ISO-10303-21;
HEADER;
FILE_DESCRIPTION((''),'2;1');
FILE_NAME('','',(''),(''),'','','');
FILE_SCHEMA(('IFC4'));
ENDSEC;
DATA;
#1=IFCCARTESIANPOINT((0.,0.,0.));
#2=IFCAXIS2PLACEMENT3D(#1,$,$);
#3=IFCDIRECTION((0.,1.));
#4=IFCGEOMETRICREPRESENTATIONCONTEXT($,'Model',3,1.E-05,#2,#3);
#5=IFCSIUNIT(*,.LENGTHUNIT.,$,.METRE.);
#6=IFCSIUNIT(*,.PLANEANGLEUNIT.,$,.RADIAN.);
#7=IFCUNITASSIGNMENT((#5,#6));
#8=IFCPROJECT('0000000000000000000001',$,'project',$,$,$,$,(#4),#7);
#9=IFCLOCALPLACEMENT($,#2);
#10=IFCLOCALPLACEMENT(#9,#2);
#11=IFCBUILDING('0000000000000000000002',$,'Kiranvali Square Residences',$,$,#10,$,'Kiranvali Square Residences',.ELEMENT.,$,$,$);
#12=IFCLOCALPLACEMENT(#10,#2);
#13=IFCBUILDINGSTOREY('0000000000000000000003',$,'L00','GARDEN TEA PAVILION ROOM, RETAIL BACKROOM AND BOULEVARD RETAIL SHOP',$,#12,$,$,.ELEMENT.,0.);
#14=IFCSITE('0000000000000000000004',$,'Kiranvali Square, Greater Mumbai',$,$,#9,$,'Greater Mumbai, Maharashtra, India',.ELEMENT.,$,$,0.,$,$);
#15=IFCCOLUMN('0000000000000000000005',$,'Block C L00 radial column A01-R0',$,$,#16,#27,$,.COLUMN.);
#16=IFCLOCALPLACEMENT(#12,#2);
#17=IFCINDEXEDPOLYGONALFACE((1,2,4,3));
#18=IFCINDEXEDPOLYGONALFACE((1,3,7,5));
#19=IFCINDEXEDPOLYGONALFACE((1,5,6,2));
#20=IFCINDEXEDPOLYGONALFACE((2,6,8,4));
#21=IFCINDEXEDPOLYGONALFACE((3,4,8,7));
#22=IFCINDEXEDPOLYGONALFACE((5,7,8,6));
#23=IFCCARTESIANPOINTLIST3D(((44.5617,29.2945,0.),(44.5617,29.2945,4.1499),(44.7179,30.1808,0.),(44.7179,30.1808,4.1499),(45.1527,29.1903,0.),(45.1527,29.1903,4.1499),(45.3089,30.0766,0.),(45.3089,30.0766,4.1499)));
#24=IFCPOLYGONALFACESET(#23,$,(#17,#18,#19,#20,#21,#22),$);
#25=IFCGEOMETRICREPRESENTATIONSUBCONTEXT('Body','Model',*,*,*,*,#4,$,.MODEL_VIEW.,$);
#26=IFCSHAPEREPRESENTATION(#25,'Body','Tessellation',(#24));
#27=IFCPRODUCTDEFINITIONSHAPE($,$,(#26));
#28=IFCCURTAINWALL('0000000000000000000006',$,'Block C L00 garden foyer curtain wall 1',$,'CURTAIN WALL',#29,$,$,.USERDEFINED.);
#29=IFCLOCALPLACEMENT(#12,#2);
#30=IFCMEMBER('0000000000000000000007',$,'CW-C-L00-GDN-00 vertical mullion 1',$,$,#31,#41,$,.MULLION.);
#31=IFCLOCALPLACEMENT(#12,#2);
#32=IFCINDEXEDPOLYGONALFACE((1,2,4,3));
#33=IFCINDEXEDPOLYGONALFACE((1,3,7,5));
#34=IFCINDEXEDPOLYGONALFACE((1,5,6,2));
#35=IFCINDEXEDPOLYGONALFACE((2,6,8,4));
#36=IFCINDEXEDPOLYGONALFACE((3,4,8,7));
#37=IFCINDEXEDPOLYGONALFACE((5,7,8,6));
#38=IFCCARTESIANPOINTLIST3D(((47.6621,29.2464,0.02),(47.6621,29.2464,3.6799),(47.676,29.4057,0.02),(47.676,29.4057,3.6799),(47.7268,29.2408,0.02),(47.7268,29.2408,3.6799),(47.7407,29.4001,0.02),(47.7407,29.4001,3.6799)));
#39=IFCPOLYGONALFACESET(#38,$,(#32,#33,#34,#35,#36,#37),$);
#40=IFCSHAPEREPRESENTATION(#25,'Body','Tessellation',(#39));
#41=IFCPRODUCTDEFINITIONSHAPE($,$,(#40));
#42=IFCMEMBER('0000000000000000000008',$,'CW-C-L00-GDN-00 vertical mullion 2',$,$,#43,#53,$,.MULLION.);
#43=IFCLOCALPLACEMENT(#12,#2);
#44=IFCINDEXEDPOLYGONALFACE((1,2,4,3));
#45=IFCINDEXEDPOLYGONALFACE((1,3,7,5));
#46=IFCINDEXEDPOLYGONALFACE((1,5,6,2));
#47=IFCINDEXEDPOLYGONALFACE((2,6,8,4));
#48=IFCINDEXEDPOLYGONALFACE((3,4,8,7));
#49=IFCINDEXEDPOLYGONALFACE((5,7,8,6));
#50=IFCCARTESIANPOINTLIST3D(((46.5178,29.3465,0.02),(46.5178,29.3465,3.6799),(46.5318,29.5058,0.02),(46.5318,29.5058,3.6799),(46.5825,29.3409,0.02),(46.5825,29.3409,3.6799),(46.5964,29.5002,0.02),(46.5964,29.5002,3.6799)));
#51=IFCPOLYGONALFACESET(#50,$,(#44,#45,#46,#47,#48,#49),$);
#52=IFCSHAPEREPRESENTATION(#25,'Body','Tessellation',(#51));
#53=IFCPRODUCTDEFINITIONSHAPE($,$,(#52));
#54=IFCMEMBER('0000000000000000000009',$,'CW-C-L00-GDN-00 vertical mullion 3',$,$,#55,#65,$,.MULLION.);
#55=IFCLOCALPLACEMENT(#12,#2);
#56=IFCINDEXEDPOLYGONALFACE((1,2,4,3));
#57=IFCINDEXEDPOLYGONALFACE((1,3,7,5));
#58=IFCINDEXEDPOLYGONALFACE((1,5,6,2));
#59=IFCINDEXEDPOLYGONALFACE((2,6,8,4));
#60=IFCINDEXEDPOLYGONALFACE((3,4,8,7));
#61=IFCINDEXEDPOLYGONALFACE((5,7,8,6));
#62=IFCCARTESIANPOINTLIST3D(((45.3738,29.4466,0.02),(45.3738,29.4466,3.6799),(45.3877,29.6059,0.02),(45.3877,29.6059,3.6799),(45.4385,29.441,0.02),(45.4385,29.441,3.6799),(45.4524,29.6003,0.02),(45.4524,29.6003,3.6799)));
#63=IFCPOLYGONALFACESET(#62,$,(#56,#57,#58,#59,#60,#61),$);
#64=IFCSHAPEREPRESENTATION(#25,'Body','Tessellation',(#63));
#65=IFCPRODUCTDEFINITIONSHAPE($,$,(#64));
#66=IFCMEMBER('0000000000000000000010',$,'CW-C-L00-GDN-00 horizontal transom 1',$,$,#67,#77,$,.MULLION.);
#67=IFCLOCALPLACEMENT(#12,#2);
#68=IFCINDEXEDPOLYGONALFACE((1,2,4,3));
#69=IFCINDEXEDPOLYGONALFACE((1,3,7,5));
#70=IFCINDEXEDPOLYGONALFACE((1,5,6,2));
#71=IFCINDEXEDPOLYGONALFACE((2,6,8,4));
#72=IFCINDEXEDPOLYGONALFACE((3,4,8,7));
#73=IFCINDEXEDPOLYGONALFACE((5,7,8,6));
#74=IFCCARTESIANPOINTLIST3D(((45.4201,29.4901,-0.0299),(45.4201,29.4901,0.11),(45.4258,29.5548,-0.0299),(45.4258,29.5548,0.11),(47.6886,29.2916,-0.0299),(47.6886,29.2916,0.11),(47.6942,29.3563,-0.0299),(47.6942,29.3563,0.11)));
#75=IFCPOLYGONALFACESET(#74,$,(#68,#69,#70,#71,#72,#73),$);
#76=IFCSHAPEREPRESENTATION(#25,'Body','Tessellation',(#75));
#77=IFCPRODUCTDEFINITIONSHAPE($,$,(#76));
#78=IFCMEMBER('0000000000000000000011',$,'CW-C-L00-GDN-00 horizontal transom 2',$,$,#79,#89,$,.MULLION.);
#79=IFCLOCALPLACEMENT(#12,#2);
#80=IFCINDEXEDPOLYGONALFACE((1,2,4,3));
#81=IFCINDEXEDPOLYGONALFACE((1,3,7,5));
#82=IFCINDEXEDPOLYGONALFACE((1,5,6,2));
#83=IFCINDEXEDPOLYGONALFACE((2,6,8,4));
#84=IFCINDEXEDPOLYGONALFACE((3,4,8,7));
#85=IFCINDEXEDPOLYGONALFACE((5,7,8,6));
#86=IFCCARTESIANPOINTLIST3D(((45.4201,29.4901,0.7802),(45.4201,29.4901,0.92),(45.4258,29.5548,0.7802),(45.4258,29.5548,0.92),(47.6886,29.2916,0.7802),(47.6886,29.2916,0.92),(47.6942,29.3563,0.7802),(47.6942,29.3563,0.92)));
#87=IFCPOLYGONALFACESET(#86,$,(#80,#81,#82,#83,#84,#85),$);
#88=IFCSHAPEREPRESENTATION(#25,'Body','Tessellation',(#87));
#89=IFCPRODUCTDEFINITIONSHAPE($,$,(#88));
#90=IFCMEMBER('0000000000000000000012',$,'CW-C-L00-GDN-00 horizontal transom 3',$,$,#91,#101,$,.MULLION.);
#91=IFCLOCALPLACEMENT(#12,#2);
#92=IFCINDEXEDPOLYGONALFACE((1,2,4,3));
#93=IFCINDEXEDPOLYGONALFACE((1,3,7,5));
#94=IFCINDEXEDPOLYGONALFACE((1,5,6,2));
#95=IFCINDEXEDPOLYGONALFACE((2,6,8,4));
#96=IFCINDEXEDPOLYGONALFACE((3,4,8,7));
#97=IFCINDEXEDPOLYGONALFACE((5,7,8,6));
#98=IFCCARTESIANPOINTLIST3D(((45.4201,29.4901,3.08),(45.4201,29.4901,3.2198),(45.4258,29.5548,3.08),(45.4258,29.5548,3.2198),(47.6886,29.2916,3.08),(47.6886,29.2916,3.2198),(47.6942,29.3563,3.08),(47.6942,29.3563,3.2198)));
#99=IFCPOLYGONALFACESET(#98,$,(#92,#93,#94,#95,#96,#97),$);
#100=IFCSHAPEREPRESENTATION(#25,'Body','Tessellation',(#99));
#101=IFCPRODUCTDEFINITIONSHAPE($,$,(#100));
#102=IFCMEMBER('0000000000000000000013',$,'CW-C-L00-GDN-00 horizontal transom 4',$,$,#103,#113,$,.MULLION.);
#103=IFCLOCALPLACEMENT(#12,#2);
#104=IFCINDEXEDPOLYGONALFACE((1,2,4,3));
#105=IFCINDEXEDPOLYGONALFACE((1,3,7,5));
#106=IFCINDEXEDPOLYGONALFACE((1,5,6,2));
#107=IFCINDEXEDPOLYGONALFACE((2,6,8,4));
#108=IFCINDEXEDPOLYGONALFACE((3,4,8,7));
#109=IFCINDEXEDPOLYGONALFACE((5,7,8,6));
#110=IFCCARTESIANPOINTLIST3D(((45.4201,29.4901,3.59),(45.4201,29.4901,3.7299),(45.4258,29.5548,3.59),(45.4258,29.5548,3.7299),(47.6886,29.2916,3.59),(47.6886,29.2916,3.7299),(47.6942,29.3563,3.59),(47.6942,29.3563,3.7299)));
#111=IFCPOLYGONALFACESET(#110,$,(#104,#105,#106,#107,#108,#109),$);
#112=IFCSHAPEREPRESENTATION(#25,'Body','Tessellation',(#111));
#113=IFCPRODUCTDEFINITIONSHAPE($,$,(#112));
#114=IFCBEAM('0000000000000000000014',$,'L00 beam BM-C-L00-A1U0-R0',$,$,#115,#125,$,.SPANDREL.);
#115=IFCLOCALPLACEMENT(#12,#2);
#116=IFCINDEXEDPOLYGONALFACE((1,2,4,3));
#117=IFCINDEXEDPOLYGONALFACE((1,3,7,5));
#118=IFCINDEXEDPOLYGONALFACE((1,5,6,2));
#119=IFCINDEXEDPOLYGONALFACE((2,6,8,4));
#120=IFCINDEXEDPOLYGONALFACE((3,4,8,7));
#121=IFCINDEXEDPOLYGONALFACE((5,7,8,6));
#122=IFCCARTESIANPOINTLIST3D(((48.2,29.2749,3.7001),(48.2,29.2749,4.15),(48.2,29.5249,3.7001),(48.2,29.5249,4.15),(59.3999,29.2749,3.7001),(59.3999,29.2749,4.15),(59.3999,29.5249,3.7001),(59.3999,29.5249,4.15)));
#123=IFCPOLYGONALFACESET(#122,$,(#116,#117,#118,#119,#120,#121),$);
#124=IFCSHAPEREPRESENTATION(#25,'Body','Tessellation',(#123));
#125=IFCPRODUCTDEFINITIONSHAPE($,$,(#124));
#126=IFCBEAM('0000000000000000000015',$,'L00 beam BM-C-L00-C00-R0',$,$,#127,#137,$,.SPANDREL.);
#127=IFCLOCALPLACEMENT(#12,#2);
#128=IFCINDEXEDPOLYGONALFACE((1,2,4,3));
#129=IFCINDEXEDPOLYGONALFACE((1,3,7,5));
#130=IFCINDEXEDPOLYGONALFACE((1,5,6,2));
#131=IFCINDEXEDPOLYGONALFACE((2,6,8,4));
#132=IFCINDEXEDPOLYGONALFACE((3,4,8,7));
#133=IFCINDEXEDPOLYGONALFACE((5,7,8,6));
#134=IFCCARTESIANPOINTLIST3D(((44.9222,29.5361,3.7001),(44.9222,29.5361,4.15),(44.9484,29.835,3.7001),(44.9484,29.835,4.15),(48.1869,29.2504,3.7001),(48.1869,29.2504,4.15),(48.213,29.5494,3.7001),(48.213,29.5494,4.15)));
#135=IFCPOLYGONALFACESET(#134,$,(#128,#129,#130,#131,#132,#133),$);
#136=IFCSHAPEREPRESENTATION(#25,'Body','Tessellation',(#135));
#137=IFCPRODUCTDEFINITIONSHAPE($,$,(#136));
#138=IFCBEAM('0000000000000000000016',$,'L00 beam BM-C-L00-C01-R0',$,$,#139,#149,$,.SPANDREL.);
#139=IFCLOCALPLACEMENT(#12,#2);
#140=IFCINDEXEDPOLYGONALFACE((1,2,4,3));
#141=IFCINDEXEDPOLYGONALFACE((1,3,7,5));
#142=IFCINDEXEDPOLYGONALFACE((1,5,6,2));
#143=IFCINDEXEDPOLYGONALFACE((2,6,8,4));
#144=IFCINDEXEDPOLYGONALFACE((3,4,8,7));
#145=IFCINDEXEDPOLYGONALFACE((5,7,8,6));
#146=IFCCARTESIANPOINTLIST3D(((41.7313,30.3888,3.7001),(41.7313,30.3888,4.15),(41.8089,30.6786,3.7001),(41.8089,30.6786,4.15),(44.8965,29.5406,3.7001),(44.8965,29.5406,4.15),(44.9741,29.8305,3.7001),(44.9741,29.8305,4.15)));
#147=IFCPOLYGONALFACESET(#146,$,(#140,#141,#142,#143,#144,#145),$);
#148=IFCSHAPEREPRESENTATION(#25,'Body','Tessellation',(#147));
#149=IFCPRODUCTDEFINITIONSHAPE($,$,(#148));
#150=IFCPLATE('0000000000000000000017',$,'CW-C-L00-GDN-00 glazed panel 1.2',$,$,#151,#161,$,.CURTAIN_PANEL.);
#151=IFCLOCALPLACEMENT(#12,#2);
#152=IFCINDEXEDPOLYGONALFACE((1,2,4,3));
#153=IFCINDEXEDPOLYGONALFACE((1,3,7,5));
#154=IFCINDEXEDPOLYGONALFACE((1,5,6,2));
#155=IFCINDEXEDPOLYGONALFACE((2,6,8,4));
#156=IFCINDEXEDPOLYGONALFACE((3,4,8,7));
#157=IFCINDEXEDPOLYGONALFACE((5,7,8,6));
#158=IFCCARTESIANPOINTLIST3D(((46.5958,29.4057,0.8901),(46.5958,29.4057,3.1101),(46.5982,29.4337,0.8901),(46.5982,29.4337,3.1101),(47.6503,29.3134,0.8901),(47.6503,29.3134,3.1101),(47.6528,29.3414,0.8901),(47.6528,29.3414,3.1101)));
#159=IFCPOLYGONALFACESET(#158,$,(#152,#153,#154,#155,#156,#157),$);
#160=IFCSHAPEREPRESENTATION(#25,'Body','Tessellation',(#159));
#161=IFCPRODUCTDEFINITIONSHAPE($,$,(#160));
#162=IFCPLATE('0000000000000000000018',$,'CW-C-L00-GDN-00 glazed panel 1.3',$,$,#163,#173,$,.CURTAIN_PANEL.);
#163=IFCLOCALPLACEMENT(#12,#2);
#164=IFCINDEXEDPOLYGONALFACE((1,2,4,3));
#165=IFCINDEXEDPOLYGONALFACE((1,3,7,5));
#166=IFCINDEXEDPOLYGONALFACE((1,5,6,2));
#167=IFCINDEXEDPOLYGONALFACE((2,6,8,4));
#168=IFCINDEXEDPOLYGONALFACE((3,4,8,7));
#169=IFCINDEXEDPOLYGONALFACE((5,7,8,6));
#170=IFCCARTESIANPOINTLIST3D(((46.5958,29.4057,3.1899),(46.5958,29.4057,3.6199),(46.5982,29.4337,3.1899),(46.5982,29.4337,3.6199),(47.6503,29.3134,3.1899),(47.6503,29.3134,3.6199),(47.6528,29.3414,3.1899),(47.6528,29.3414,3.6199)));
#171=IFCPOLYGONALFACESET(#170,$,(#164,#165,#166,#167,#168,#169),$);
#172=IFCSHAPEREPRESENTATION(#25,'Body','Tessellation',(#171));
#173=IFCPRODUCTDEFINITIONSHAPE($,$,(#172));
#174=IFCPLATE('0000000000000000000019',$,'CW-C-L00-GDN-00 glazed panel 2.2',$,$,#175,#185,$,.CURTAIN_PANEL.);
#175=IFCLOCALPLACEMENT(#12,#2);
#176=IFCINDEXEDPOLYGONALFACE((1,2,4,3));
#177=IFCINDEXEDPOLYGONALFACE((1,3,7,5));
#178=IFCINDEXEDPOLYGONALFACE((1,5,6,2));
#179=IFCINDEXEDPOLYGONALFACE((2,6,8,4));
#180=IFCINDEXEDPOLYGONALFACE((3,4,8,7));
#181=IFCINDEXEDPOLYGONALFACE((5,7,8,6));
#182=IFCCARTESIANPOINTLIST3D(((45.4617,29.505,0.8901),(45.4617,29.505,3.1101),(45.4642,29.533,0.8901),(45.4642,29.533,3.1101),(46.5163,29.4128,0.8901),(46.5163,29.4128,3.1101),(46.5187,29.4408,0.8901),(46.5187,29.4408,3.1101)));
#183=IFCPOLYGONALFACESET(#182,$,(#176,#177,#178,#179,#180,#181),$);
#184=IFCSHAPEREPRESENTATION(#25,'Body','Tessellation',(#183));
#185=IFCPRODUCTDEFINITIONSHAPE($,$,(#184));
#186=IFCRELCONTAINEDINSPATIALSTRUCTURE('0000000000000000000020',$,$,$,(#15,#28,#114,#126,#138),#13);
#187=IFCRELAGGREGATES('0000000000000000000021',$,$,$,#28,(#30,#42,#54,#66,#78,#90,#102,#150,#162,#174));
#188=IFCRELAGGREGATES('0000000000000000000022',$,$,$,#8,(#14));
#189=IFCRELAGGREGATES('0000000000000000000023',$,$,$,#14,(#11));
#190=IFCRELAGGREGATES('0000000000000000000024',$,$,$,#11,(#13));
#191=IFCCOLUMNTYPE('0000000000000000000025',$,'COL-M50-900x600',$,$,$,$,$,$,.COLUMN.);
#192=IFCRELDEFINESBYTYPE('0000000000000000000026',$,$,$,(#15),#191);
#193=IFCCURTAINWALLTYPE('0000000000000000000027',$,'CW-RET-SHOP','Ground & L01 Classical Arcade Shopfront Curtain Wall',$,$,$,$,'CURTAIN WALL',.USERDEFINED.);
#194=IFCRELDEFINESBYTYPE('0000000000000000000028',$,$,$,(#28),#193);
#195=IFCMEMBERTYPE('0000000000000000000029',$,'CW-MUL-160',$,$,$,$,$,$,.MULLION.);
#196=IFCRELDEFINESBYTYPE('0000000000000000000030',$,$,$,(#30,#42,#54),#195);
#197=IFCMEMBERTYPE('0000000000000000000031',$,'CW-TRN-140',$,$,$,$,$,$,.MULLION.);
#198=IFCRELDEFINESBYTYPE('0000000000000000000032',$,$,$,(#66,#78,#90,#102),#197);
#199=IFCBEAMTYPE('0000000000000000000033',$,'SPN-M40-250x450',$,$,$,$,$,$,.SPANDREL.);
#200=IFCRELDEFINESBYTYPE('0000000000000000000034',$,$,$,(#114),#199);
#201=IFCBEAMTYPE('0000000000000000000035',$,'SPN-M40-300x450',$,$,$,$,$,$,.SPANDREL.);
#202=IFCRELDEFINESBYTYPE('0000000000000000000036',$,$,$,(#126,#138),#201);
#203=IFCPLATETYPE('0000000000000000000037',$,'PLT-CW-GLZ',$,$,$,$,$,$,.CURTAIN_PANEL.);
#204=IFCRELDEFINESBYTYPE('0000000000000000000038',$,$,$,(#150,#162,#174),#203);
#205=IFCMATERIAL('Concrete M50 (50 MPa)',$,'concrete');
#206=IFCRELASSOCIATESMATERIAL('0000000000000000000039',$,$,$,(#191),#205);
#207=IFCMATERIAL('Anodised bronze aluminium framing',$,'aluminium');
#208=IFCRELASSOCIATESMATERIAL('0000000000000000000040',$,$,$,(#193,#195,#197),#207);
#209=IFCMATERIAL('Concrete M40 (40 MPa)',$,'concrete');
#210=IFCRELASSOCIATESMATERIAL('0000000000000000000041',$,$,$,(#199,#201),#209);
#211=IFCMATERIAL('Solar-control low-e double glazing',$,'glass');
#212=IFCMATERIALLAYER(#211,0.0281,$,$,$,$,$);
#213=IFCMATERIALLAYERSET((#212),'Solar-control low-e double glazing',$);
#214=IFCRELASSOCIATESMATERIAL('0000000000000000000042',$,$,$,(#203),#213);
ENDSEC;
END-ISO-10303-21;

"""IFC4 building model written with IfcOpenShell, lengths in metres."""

from ifc_helpers import new_model, si_unit, direction, frame, origin, origin_2d, place, context, subcontext, project, spatial, rectangle, extrude, material, layer, layer_set, material_profile, profile_set, type_object, element, aggregate, save


model = new_model("IFC4")

# Units and contexts
model_context = context("Model", 3, precision=1e-05, world=origin(), true_north=direction((0.0, 1.0)))
body_context = subcontext(model_context, "Body", "Model", "MODEL_VIEW")
ifc_project = project(units=[si_unit("LENGTHUNIT", "METRE"), si_unit("PLANEANGLEUNIT", "RADIAN")], contexts=[model_context])

# Site, building, storey
site_placement = place(None, origin())
site = spatial("IfcSite", under=ifc_project, at=site_placement, Name="Kiranvali Square, Greater Mumbai", LongName="Greater Mumbai, Maharashtra, India", CompositionType="ELEMENT", RefElevation=0.0)
building_placement = place(site_placement, origin())
building = spatial("IfcBuilding", under=site, at=building_placement, Name="Kiranvali Square Residences", LongName="Kiranvali Square Residences", CompositionType="ELEMENT")
storey_placement = place(building_placement, origin())
storey = spatial("IfcBuildingStorey", under=building, at=storey_placement, Name="L00", Description="GARDEN TEA PAVILION ROOM, RETAIL BACKROOM AND BOULEVARD RETAIL SHOP", CompositionType="ELEMENT", Elevation=0.0)

# Column
ifc_material_1 = material(Name="Concrete M50 (50 MPa)", Category="concrete")
ifc_material_profile_1 = material_profile(ifc_material_1, rectangle(XDim=0.6001, YDim=0.8999, at=origin_2d()), Name="RC 900x600")
ifc_profile_set_1 = profile_set([ifc_material_profile_1], Name="Concrete M50 (50 MPa)")
column_type = type_object("IfcColumnType", Name="COL-M50-900x600", PredefinedType="COLUMN", material=ifc_profile_set_1)
column_placement = place(storey_placement, frame((44.9353, 29.6855, 0.0), z_axis=(0.0, 0.0, 1.0), x_axis=(-0.984808, 0.173648, 0.0)))
element("IfcColumn", 1, at=column_placement, inside=storey, type_object=column_type, Name="Block C L00 radial column A01-R0", PredefinedType="COLUMN", context=body_context, shape_type="SweptSolid", body=[
    extrude(rectangle(XDim=0.6001, YDim=0.8999, at=origin_2d()), origin(), (0.0, 0.0, 1.0), 4.1499),
])

# Curtain wall, members
ifc_material_2 = material(Name="Anodised bronze aluminium framing", Category="aluminium")
curtain_wall_type = type_object("IfcCurtainWallType", Name="CW-RET-SHOP", Description="Ground & L01 Classical Arcade Shopfront Curtain Wall", ElementType="CURTAIN WALL", PredefinedType="USERDEFINED", material=ifc_material_2)
curtain_wall_placement = place(storey_placement, origin())
curtain_wall = element("IfcCurtainWall", 2, at=curtain_wall_placement, inside=storey, type_object=curtain_wall_type, Name="Block C L00 garden foyer curtain wall 1", ObjectType="CURTAIN WALL", PredefinedType="USERDEFINED")
ifc_material_profile_2 = material_profile(ifc_material_2, rectangle(XDim=0.0649, YDim=0.1599, at=origin_2d()), Name="ALU 65x160")
ifc_profile_set_2 = profile_set([ifc_material_profile_2], Name="Anodised bronze aluminium framing")
member_type_1 = type_object("IfcMemberType", Name="CW-MUL-160", PredefinedType="MULLION", material=ifc_profile_set_2)
member_1_placement = place(storey_placement, frame((47.7014, 29.3232, 0.02), z_axis=(0.0, 0.0, 1.0), x_axis=(-0.996195, 0.087156, 0.0)))
member_1 = element("IfcMember", 3, at=member_1_placement, type_object=member_type_1, Name="CW-C-L00-GDN-00 vertical mullion 1", PredefinedType="MULLION", context=body_context, shape_type="SweptSolid", body=[
    extrude(rectangle(XDim=0.0649, YDim=0.1599, at=origin_2d()), origin(), (0.0, 0.0, 1.0), 3.6599),
])
member_2_placement = place(storey_placement, frame((46.5571, 29.4233, 0.02), z_axis=(0.0, 0.0, 1.0), x_axis=(-0.996195, 0.087156, 0.0)))
member_2 = element("IfcMember", 4, at=member_2_placement, type_object=member_type_1, Name="CW-C-L00-GDN-00 vertical mullion 2", PredefinedType="MULLION", context=body_context, shape_type="SweptSolid", body=[
    extrude(rectangle(XDim=0.0649, YDim=0.1599, at=origin_2d()), origin(), (0.0, 0.0, 1.0), 3.6599),
])
member_3_placement = place(storey_placement, frame((45.4131, 29.5234, 0.02), z_axis=(0.0, 0.0, 1.0), x_axis=(-0.996195, 0.087156, 0.0)))
member_3 = element("IfcMember", 5, at=member_3_placement, type_object=member_type_1, Name="CW-C-L00-GDN-00 vertical mullion 3", PredefinedType="MULLION", context=body_context, shape_type="SweptSolid", body=[
    extrude(rectangle(XDim=0.0649, YDim=0.1599, at=origin_2d()), origin(), (0.0, 0.0, 1.0), 3.6599),
])
ifc_material_profile_3 = material_profile(ifc_material_2, rectangle(XDim=0.0649, YDim=0.1399, at=origin_2d()), Name="ALU 65x140")
ifc_profile_set_3 = profile_set([ifc_material_profile_3], Name="Anodised bronze aluminium framing")
member_type_2 = type_object("IfcMemberType", Name="CW-TRN-140", PredefinedType="MULLION", material=ifc_profile_set_3)
member_4_placement = place(storey_placement, frame((47.6914, 29.324, 0.04), z_axis=(-0.996193, 0.087171, 0.0), x_axis=(-0.087171, -0.996193, 0.0)))
member_4 = element("IfcMember", 6, at=member_4_placement, type_object=member_type_2, Name="CW-C-L00-GDN-00 horizontal transom 1", PredefinedType="MULLION", context=body_context, shape_type="SweptSolid", body=[
    extrude(rectangle(XDim=0.0649, YDim=0.1399, at=origin_2d()), origin(), (0.0, 0.0, 1.0), 2.2771),
])
member_5_placement = place(storey_placement, frame((47.6914, 29.324, 0.8501), z_axis=(-0.996193, 0.087171, 0.0), x_axis=(-0.087171, -0.996193, 0.0)))
member_5 = element("IfcMember", 7, at=member_5_placement, type_object=member_type_2, Name="CW-C-L00-GDN-00 horizontal transom 2", PredefinedType="MULLION", context=body_context, shape_type="SweptSolid", body=[
    extrude(rectangle(XDim=0.0649, YDim=0.1399, at=origin_2d()), origin(), (0.0, 0.0, 1.0), 2.2771),
])
member_6_placement = place(storey_placement, frame((47.6914, 29.324, 3.1499), z_axis=(-0.996193, 0.087171, 0.0), x_axis=(-0.087171, -0.996193, 0.0)))
member_6 = element("IfcMember", 8, at=member_6_placement, type_object=member_type_2, Name="CW-C-L00-GDN-00 horizontal transom 3", PredefinedType="MULLION", context=body_context, shape_type="SweptSolid", body=[
    extrude(rectangle(XDim=0.0649, YDim=0.1399, at=origin_2d()), origin(), (0.0, 0.0, 1.0), 2.2771),
])
member_7_placement = place(storey_placement, frame((47.6914, 29.324, 3.6599), z_axis=(-0.996193, 0.087171, 0.0), x_axis=(-0.087171, -0.996193, 0.0)))
member_7 = element("IfcMember", 9, at=member_7_placement, type_object=member_type_2, Name="CW-C-L00-GDN-00 horizontal transom 4", PredefinedType="MULLION", context=body_context, shape_type="SweptSolid", body=[
    extrude(rectangle(XDim=0.0649, YDim=0.1399, at=origin_2d()), origin(), (0.0, 0.0, 1.0), 2.2771),
])

# Beams
ifc_material_3 = material(Name="Concrete M40 (40 MPa)", Category="concrete")
ifc_material_profile_4 = material_profile(ifc_material_3, rectangle(XDim=0.25, YDim=0.45, at=origin_2d()), Name="RC 250x450")
ifc_profile_set_4 = profile_set([ifc_material_profile_4], Name="Concrete M40 (40 MPa)")
beam_type_1 = type_object("IfcBeamType", Name="SPN-M40-250x450", PredefinedType="SPANDREL", material=ifc_profile_set_4)
beam_1_placement = place(storey_placement, frame((48.2, 29.3999, 3.925), z_axis=(1.0, 0.0, 0.0), x_axis=(0.0, 1.0, 0.0)))
element("IfcBeam", 10, at=beam_1_placement, inside=storey, type_object=beam_type_1, Name="L00 beam BM-C-L00-A1U0-R0", PredefinedType="SPANDREL", context=body_context, shape_type="SweptSolid", body=[
    extrude(rectangle(XDim=0.25, YDim=0.45, at=origin_2d()), origin(), (0.0, 0.0, 1.0), 11.2),
])
ifc_material_profile_5 = material_profile(ifc_material_3, rectangle(XDim=0.3, YDim=0.45, at=origin_2d()), Name="RC 300x450")
ifc_profile_set_5 = profile_set([ifc_material_profile_5], Name="Concrete M40 (40 MPa)")
beam_type_2 = type_object("IfcBeamType", Name="SPN-M40-300x450", PredefinedType="SPANDREL", material=ifc_profile_set_5)
beam_2_placement = place(storey_placement, frame((48.2, 29.3999, 3.925), z_axis=(-0.996194, 0.087163, 0.0), x_axis=(-0.087163, -0.996194, 0.0)))
element("IfcBeam", 11, at=beam_2_placement, inside=storey, type_object=beam_type_2, Name="L00 beam BM-C-L00-C00-R0", PredefinedType="SPANDREL", context=body_context, shape_type="SweptSolid", body=[
    extrude(rectangle(XDim=0.3, YDim=0.45, at=origin_2d()), origin(), (0.0, 0.0, 1.0), 3.2771),
])
beam_3_placement = place(storey_placement, frame((44.9353, 29.6855, 3.925), z_axis=(-0.965925, 0.258822, 0.0), x_axis=(-0.258822, -0.965925, 0.0)))
element("IfcBeam", 12, at=beam_3_placement, inside=storey, type_object=beam_type_2, Name="L00 beam BM-C-L00-C01-R0", PredefinedType="SPANDREL", context=body_context, shape_type="SweptSolid", body=[
    extrude(rectangle(XDim=0.3, YDim=0.45, at=origin_2d()), origin(), (0.0, 0.0, 1.0), 3.2769),
])

# Plates
ifc_material_4 = material(Name="Solar-control low-e double glazing", Category="glass")
ifc_layer_1 = layer(ifc_material_4, 0.0281)
ifc_layer_set_1 = layer_set([ifc_layer_1], Name="Solar-control low-e double glazing")
plate_type_1 = type_object("IfcPlateType", Name="PLT-CW-GLZ", PredefinedType="CURTAIN_PANEL", material=ifc_layer_set_1)
plate_1_placement = place(storey_placement, frame((47.1243, 29.3735, 0.8901), z_axis=(0.0, 0.0, 1.0), x_axis=(-0.996195, 0.087156, 0.0)))
plate_1 = element("IfcPlate", 13, at=plate_1_placement, type_object=plate_type_1, Name="CW-C-L00-GDN-00 glazed panel 1.2", PredefinedType="CURTAIN_PANEL", context=body_context, shape_type="SweptSolid", body=[
    extrude(rectangle(XDim=1.0586, YDim=0.0281, at=origin_2d()), origin(), (0.0, 0.0, 1.0), 2.22),
])
plate_2_placement = place(storey_placement, frame((47.1243, 29.3735, 3.1899), z_axis=(0.0, 0.0, 1.0), x_axis=(-0.996195, 0.087156, 0.0)))
plate_2 = element("IfcPlate", 14, at=plate_2_placement, type_object=plate_type_1, Name="CW-C-L00-GDN-00 glazed panel 1.3", PredefinedType="CURTAIN_PANEL", context=body_context, shape_type="SweptSolid", body=[
    extrude(rectangle(XDim=1.0586, YDim=0.0281, at=origin_2d()), origin(), (0.0, 0.0, 1.0), 0.4299),
])
plate_3_placement = place(storey_placement, frame((45.9902, 29.4729, 0.8901), z_axis=(0.0, 0.0, 1.0), x_axis=(-0.996195, 0.087156, 0.0)))
plate_3 = element("IfcPlate", 15, at=plate_3_placement, type_object=plate_type_1, Name="CW-C-L00-GDN-00 glazed panel 2.2", PredefinedType="CURTAIN_PANEL", context=body_context, shape_type="SweptSolid", body=[
    extrude(rectangle(XDim=1.0586, YDim=0.0281, at=origin_2d()), origin(), (0.0, 0.0, 1.0), 2.22),
])
aggregate(curtain_wall, [member_1, member_2, member_3, member_4, member_5, member_6, member_7, plate_1, plate_2, plate_3])

save(model, "model.ifc")
